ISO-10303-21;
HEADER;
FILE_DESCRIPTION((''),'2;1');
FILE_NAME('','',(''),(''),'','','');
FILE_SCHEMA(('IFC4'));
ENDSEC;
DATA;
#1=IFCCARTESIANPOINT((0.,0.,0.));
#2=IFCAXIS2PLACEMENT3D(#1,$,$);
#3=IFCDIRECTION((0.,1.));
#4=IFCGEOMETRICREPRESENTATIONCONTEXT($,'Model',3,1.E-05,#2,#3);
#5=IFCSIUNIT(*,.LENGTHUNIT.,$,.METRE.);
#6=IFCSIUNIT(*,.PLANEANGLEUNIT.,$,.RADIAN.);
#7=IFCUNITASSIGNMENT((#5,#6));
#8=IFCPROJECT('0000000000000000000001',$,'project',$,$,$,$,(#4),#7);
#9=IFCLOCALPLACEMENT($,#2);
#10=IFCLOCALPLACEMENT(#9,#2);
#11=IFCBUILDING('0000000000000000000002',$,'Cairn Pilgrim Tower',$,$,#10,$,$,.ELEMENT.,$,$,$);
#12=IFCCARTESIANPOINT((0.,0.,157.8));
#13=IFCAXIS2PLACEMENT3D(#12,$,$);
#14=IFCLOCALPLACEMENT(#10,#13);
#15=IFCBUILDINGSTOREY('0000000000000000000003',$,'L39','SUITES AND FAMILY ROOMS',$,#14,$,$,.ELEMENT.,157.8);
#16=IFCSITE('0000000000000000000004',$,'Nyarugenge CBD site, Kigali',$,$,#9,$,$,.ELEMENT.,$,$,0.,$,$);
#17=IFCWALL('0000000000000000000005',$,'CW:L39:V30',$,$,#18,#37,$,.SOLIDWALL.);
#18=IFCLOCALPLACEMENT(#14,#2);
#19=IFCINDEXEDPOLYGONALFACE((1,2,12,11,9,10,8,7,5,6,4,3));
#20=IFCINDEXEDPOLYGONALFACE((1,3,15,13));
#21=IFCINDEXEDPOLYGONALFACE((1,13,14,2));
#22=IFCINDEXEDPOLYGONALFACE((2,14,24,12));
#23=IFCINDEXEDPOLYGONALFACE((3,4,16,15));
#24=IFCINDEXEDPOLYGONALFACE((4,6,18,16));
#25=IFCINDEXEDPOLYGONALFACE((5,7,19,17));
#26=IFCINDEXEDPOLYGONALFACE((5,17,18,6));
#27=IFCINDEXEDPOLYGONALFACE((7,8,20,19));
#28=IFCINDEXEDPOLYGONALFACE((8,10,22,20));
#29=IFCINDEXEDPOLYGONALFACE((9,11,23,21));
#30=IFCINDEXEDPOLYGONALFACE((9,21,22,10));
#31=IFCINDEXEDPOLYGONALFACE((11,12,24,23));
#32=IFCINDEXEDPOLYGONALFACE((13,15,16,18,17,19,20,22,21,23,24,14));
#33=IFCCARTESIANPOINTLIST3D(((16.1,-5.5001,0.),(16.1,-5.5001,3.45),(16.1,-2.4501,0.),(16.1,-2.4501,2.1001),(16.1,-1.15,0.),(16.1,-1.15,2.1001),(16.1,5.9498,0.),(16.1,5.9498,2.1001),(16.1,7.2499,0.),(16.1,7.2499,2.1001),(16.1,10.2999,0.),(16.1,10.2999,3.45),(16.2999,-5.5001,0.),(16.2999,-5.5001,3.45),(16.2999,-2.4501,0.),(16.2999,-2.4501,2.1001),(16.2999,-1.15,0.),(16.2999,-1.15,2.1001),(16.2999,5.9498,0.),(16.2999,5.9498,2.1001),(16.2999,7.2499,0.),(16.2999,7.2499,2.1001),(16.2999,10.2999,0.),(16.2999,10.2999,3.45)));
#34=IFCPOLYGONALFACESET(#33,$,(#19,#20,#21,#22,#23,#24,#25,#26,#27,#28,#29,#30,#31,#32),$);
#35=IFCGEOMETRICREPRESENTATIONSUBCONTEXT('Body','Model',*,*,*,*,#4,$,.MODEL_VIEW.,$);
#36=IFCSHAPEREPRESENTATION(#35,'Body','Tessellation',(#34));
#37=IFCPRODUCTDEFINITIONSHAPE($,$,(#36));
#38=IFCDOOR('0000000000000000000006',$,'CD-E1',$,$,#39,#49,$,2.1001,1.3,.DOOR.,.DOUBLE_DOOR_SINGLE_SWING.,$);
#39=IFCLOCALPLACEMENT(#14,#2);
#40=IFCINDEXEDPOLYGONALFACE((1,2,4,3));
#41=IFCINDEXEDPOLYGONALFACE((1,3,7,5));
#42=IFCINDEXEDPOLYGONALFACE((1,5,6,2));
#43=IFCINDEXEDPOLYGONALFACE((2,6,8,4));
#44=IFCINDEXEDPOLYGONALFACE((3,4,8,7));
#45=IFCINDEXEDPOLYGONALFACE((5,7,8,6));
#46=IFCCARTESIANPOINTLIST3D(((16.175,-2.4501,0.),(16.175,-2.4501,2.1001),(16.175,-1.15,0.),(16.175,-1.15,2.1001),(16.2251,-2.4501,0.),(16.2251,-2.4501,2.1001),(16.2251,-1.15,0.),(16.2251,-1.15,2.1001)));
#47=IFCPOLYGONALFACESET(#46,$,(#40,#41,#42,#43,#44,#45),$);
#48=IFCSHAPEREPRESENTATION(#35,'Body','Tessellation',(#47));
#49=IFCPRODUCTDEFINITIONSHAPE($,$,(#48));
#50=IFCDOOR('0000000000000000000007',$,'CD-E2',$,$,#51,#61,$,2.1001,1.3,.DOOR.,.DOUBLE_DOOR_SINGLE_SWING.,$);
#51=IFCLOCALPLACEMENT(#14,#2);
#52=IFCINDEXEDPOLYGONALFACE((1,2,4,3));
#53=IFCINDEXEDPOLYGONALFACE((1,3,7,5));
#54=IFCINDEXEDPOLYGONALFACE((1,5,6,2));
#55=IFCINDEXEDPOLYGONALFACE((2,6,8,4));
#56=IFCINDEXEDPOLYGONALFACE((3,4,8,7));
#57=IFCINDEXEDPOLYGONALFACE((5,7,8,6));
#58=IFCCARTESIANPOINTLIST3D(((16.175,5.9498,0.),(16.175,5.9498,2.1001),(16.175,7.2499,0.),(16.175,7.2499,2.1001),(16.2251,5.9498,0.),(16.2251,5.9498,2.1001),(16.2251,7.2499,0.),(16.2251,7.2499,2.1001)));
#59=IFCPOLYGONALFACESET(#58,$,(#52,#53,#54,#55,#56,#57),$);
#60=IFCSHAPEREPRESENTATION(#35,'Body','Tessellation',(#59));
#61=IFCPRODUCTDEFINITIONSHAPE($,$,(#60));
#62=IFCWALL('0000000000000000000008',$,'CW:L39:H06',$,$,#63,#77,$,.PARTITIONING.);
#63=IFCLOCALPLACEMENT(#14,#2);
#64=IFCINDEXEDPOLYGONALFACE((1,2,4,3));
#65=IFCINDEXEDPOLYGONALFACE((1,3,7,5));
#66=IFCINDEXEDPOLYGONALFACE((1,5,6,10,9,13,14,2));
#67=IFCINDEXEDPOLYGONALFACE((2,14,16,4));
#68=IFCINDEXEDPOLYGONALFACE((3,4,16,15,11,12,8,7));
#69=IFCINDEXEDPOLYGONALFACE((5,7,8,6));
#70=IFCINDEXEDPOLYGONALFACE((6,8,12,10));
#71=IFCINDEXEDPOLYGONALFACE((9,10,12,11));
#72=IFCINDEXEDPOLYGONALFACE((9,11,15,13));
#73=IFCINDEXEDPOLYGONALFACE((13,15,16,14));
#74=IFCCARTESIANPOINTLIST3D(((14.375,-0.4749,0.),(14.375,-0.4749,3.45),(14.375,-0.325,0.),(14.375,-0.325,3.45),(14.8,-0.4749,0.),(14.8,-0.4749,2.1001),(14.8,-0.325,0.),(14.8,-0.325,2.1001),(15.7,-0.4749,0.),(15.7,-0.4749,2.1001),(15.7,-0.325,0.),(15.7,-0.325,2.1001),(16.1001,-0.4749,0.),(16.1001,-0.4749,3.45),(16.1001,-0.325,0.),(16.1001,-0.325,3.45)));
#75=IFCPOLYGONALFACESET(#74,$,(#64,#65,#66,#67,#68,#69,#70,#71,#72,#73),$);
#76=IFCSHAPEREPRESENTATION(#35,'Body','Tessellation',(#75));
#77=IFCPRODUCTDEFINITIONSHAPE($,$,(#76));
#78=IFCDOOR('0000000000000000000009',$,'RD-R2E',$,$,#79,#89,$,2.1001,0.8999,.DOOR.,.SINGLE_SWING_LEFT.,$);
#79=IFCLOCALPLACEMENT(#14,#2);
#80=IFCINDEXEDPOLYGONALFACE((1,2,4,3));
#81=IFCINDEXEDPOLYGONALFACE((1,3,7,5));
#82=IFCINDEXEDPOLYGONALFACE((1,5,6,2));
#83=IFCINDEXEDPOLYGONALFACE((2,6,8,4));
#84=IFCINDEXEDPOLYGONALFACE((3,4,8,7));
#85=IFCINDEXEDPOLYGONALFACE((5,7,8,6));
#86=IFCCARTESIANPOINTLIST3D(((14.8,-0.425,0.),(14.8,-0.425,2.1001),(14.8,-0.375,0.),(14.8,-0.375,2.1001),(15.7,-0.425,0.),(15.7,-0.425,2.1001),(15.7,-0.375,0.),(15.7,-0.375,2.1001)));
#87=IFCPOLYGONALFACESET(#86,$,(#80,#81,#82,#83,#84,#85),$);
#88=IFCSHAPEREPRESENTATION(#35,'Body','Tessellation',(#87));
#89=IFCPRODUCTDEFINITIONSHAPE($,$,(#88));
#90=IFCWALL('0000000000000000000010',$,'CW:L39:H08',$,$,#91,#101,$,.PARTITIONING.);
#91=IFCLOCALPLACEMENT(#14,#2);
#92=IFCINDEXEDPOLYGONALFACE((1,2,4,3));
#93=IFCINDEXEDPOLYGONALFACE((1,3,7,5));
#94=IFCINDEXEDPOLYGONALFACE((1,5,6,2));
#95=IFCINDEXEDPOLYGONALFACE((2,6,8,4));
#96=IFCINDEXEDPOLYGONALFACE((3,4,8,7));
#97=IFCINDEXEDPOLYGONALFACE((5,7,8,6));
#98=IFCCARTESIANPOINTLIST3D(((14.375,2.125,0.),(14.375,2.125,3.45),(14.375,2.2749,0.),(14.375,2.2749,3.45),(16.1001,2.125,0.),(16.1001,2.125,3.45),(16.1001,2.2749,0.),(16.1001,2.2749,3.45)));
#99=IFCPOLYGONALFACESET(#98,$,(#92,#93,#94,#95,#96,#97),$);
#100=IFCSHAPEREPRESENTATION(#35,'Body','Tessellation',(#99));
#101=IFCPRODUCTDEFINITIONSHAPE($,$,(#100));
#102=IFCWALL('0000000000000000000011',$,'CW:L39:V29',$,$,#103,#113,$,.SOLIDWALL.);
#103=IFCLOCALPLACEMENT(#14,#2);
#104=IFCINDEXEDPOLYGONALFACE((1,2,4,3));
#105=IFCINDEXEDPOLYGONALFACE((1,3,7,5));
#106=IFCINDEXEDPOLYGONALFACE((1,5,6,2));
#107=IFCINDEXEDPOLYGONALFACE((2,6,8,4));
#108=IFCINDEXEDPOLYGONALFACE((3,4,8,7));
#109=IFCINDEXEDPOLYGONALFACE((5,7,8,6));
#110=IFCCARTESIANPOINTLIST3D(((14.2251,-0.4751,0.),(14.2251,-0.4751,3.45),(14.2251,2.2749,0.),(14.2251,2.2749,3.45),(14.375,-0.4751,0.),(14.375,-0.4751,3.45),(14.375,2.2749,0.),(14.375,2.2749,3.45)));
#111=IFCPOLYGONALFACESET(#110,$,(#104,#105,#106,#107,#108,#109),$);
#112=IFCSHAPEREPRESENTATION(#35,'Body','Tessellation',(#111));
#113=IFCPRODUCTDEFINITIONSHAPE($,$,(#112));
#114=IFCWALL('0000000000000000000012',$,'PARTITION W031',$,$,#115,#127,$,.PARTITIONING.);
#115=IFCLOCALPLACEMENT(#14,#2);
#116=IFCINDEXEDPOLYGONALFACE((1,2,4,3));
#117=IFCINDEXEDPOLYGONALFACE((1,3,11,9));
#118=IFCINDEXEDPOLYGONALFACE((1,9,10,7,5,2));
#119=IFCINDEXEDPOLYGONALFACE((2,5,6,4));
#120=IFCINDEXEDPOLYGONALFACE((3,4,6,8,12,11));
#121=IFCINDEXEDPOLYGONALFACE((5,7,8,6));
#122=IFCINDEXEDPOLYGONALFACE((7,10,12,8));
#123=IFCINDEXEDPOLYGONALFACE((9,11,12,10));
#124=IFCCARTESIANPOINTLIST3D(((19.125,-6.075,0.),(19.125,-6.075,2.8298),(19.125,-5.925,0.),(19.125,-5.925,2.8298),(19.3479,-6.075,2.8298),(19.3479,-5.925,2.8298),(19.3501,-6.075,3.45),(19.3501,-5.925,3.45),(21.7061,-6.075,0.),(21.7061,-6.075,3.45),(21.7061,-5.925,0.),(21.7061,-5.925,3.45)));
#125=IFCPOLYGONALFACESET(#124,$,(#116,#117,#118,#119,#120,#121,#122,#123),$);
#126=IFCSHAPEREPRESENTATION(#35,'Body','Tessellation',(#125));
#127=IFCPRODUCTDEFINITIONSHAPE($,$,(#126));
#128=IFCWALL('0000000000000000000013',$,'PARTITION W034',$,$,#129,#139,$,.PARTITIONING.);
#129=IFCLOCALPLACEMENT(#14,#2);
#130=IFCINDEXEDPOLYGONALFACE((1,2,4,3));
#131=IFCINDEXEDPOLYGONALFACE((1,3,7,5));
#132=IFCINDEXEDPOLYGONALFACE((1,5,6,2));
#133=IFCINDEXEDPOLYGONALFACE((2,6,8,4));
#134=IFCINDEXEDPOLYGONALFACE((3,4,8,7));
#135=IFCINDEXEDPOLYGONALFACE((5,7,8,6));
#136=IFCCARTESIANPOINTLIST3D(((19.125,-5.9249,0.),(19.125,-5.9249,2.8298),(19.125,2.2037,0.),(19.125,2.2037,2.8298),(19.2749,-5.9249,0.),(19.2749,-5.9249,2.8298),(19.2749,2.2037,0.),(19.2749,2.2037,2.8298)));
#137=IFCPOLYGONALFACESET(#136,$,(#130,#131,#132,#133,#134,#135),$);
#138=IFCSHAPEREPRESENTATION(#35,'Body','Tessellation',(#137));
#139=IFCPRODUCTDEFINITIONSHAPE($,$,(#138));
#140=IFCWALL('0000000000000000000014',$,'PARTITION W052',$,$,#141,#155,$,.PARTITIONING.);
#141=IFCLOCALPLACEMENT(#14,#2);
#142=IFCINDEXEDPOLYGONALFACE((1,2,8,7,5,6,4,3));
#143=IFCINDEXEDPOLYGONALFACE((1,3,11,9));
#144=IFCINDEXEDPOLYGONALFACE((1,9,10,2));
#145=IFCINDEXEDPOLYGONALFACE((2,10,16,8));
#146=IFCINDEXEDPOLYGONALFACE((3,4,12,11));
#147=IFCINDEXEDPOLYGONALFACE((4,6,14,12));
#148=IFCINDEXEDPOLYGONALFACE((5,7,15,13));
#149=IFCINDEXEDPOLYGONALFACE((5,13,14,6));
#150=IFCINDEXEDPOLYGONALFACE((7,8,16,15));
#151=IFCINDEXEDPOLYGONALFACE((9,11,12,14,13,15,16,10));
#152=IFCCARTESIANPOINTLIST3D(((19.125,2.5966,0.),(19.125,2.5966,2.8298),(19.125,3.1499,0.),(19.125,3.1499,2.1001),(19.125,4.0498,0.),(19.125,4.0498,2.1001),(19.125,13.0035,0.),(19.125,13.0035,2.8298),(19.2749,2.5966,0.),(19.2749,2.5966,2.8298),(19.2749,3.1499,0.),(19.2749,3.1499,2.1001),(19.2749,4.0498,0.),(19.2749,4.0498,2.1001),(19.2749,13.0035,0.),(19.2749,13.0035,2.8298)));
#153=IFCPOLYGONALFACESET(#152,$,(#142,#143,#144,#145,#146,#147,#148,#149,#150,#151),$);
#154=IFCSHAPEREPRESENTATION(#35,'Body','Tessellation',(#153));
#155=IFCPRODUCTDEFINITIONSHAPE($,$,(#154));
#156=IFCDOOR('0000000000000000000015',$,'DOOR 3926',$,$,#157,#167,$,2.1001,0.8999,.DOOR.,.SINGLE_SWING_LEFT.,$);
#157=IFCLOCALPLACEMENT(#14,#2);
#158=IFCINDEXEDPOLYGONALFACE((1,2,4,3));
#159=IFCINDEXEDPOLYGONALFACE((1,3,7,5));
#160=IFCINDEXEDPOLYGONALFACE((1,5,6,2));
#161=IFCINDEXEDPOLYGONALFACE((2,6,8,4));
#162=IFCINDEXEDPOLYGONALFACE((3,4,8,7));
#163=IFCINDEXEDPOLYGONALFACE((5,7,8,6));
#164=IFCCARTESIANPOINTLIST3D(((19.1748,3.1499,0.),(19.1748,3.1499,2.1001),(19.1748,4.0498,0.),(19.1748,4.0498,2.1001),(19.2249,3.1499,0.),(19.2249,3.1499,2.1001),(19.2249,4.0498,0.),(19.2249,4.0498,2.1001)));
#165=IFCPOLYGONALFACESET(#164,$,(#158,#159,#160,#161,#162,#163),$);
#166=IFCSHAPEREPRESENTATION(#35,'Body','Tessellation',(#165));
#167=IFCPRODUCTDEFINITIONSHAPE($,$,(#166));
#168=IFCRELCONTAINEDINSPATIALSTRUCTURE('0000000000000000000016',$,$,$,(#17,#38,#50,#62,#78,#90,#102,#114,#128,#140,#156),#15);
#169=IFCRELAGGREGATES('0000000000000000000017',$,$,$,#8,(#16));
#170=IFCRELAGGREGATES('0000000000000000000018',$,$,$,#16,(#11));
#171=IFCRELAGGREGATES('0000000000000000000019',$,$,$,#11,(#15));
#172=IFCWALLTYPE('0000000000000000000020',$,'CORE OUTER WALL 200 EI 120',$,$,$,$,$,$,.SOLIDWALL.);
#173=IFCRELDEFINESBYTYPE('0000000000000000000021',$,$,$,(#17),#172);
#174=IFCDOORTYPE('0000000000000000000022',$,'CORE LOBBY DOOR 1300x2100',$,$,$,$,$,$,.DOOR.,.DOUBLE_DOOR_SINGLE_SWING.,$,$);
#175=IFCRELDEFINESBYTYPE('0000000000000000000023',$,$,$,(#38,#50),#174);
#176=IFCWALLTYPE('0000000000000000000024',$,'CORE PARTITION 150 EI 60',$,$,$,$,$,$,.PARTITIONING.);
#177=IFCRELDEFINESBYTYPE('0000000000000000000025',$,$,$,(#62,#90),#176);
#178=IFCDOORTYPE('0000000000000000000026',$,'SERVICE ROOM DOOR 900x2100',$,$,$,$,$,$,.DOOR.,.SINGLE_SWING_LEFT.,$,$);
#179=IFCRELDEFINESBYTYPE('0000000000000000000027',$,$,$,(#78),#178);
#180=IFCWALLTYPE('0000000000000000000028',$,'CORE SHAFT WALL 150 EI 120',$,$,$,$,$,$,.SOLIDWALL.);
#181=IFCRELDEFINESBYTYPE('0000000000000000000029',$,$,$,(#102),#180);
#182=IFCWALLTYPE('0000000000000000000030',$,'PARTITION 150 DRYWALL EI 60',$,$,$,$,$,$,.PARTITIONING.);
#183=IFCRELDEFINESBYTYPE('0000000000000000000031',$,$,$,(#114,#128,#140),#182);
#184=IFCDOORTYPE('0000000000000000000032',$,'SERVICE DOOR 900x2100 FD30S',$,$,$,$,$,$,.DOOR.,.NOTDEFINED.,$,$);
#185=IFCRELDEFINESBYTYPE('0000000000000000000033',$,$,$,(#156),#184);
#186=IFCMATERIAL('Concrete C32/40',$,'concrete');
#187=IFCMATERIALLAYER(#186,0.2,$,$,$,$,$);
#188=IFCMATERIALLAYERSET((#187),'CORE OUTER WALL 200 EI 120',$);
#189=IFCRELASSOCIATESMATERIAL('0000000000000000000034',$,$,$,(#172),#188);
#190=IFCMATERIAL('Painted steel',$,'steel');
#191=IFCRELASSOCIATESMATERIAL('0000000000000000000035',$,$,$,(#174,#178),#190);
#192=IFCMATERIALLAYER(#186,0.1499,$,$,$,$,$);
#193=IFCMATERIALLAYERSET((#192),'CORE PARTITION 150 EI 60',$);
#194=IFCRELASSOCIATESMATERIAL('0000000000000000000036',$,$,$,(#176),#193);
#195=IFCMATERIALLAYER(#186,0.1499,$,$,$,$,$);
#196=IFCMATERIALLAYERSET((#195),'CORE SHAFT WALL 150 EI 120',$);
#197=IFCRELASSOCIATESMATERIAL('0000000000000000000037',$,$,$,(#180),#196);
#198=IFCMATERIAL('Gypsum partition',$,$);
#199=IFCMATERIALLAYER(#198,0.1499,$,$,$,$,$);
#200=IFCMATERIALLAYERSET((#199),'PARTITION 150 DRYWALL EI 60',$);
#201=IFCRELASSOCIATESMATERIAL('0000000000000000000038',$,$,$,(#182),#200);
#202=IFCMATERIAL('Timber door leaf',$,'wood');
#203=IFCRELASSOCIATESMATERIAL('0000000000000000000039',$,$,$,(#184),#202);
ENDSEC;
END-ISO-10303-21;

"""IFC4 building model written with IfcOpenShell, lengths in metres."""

from ifc_helpers import new_model, si_unit, direction, frame, frame_2d, origin, place, context, subcontext, project, spatial, polyline, rectangle, outline, extrude, material, layer, layer_set, type_object, element, fill, save


model = new_model("IFC4")

# Units and contexts
model_context = context("Model", 3, precision=1e-05, world=origin(), true_north=direction((0.0, 1.0)))
body_context = subcontext(model_context, "Body", "Model", "MODEL_VIEW")
ifc_project = project(units=[si_unit("LENGTHUNIT", "METRE"), si_unit("PLANEANGLEUNIT", "RADIAN")], contexts=[model_context])

# Site, building, storey
site_placement = place(None, origin())
site = spatial("IfcSite", under=ifc_project, at=site_placement, Name="Nyarugenge CBD site, Kigali", CompositionType="ELEMENT", RefElevation=0.0)
building_placement = place(site_placement, origin())
building = spatial("IfcBuilding", under=site, at=building_placement, Name="Cairn Pilgrim Tower", CompositionType="ELEMENT")
storey_placement = place(building_placement, frame((0.0, 0.0, 157.8)))
storey = spatial("IfcBuildingStorey", under=building, at=storey_placement, Name="L39", Description="SUITES AND FAMILY ROOMS", CompositionType="ELEMENT", Elevation=157.8)

# Wall, openings, doors
ifc_material_1 = material(Name="Concrete C32/40", Category="concrete")
ifc_layer_1 = layer(ifc_material_1, 0.2)
ifc_layer_set_1 = layer_set([ifc_layer_1], Name="CORE OUTER WALL 200 EI 120")
wall_type_1 = type_object("IfcWallType", Name="CORE OUTER WALL 200 EI 120", PredefinedType="SOLIDWALL", material=ifc_layer_set_1)
wall_1_placement = place(storey_placement, frame((16.2, -5.5, 0.0), z_axis=(0.0, 0.0, 1.0), x_axis=(0.0, 1.0, 0.0)))
wall_1 = element("IfcWall", 1, at=wall_1_placement, inside=storey, type_object=wall_type_1, Name="CW:L39:V30", PredefinedType="SOLIDWALL", context=body_context, shape_type="SweptSolid", body=[
    extrude(rectangle(XDim=15.8, YDim=0.2, at=frame_2d((7.8999, 0.0))), origin(), (0.0, 0.0, 1.0), 3.45),
])
opening_1_placement = place(wall_1_placement, frame((3.05, 0.0, 0.0)))
opening_1 = element("IfcOpeningElement", 2, at=opening_1_placement, cuts=wall_1, PredefinedType="OPENING", context=body_context, shape_type="SweptSolid", body=[
    extrude(rectangle(XDim=1.3, YDim=2.1001, at=frame_2d((0.6499, 1.05))), frame((0.0, 0.1099, 0.0), z_axis=(0.0, -1.0, 0.0), x_axis=(1.0, 0.0, 0.0)), (0.0, 0.0, 1.0), 0.22),
])
opening_2_placement = place(wall_1_placement, frame((11.45, 0.0, 0.0)))
opening_2 = element("IfcOpeningElement", 3, at=opening_2_placement, cuts=wall_1, PredefinedType="OPENING", context=body_context, shape_type="SweptSolid", body=[
    extrude(rectangle(XDim=1.3, YDim=2.1001, at=frame_2d((0.6499, 1.05))), frame((0.0, 0.1099, 0.0), z_axis=(0.0, -1.0, 0.0), x_axis=(1.0, 0.0, 0.0)), (0.0, 0.0, 1.0), 0.22),
])
ifc_material_2 = material(Name="Painted steel", Category="steel")
door_type_1 = type_object("IfcDoorType", Name="CORE LOBBY DOOR 1300x2100", OperationType="DOUBLE_DOOR_SINGLE_SWING", PredefinedType="DOOR", material=ifc_material_2)
door_1_placement = place(opening_1_placement, origin())
door_1 = element("IfcDoor", 4, at=door_1_placement, inside=storey, type_object=door_type_1, Name="CD-E1", OperationType="DOUBLE_DOOR_SINGLE_SWING", OverallHeight=2.1001, OverallWidth=1.3, PredefinedType="DOOR", context=body_context, shape_type="SweptSolid", body=[
    extrude(rectangle(XDim=1.3, YDim=2.1001, at=frame_2d((0.6499, 1.05))), frame((0.0, 0.0249, 0.0), z_axis=(0.0, -1.0, 0.0), x_axis=(1.0, 0.0, 0.0)), (0.0, 0.0, 1.0), 0.05),
])
fill(opening_1, door_1)
door_2_placement = place(opening_2_placement, origin())
door_2 = element("IfcDoor", 5, at=door_2_placement, inside=storey, type_object=door_type_1, Name="CD-E2", OperationType="DOUBLE_DOOR_SINGLE_SWING", OverallHeight=2.1001, OverallWidth=1.3, PredefinedType="DOOR", context=body_context, shape_type="SweptSolid", body=[
    extrude(rectangle(XDim=1.3, YDim=2.1001, at=frame_2d((0.6499, 1.05))), frame((0.0, 0.0249, 0.0), z_axis=(0.0, -1.0, 0.0), x_axis=(1.0, 0.0, 0.0)), (0.0, 0.0, 1.0), 0.05),
])
fill(opening_2, door_2)

# Wall, opening, door
ifc_layer_2 = layer(ifc_material_1, 0.1499)
ifc_layer_set_2 = layer_set([ifc_layer_2], Name="CORE PARTITION 150 EI 60")
wall_type_2 = type_object("IfcWallType", Name="CORE PARTITION 150 EI 60", PredefinedType="PARTITIONING", material=ifc_layer_set_2)
wall_2_placement = place(storey_placement, frame((14.375, -0.3999, 0.0), z_axis=(0.0, 0.0, 1.0), x_axis=(1.0, 0.0, 0.0)))
wall_2 = element("IfcWall", 6, at=wall_2_placement, inside=storey, type_object=wall_type_2, Name="CW:L39:H06", PredefinedType="PARTITIONING", context=body_context, shape_type="SweptSolid", body=[
    extrude(rectangle(XDim=1.7251, YDim=0.1499, at=frame_2d((0.8625, 0.0))), origin(), (0.0, 0.0, 1.0), 3.45),
])
opening_3_placement = place(wall_2_placement, frame((0.425, 0.0, 0.0)))
opening_3 = element("IfcOpeningElement", 7, at=opening_3_placement, cuts=wall_2, PredefinedType="OPENING", context=body_context, shape_type="SweptSolid", body=[
    extrude(rectangle(XDim=0.8999, YDim=2.1001, at=frame_2d((0.45, 1.05))), frame((0.0, 0.085, 0.0), z_axis=(0.0, -1.0, 0.0), x_axis=(1.0, 0.0, 0.0)), (0.0, 0.0, 1.0), 0.1699),
])
door_type_2 = type_object("IfcDoorType", Name="SERVICE ROOM DOOR 900x2100", OperationType="SINGLE_SWING_LEFT", PredefinedType="DOOR", material=ifc_material_2)
door_3_placement = place(opening_3_placement, origin())
door_3 = element("IfcDoor", 8, at=door_3_placement, inside=storey, type_object=door_type_2, Name="RD-R2E", OperationType="SINGLE_SWING_LEFT", OverallHeight=2.1001, OverallWidth=0.8999, PredefinedType="DOOR", context=body_context, shape_type="SweptSolid", body=[
    extrude(rectangle(XDim=0.8999, YDim=2.1001, at=frame_2d((0.45, 1.05))), frame((0.0, 0.0249, 0.0), z_axis=(0.0, -1.0, 0.0), x_axis=(1.0, 0.0, 0.0)), (0.0, 0.0, 1.0), 0.05),
])
fill(opening_3, door_3)

# Walls
wall_3_placement = place(storey_placement, frame((14.375, 2.2, 0.0), z_axis=(0.0, 0.0, 1.0), x_axis=(1.0, 0.0, 0.0)))
element("IfcWall", 9, at=wall_3_placement, inside=storey, type_object=wall_type_2, Name="CW:L39:H08", PredefinedType="PARTITIONING", context=body_context, shape_type="SweptSolid", body=[
    extrude(rectangle(XDim=1.7251, YDim=0.1499, at=frame_2d((0.8625, 0.0))), origin(), (0.0, 0.0, 1.0), 3.45),
])
ifc_layer_3 = layer(ifc_material_1, 0.1499)
ifc_layer_set_3 = layer_set([ifc_layer_3], Name="CORE SHAFT WALL 150 EI 120")
wall_type_3 = type_object("IfcWallType", Name="CORE SHAFT WALL 150 EI 120", PredefinedType="SOLIDWALL", material=ifc_layer_set_3)
wall_4_placement = place(storey_placement, frame((14.3, -0.4751, 0.0), z_axis=(0.0, 0.0, 1.0), x_axis=(0.0, 1.0, 0.0)))
element("IfcWall", 10, at=wall_4_placement, inside=storey, type_object=wall_type_3, Name="CW:L39:V29", PredefinedType="SOLIDWALL", context=body_context, shape_type="SweptSolid", body=[
    extrude(rectangle(XDim=2.75, YDim=0.1499, at=frame_2d((1.375, 0.0))), origin(), (0.0, 0.0, 1.0), 3.45),
])
ifc_material_3 = material(Name="Gypsum partition")
ifc_layer_4 = layer(ifc_material_3, 0.1499)
ifc_layer_set_4 = layer_set([ifc_layer_4], Name="PARTITION 150 DRYWALL EI 60")
wall_type_4 = type_object("IfcWallType", Name="PARTITION 150 DRYWALL EI 60", PredefinedType="PARTITIONING", material=ifc_layer_set_4)
wall_5_placement = place(storey_placement, frame((19.125, -6.0, 0.0), z_axis=(0.0, 0.0, 1.0), x_axis=(1.0, 0.0, 0.0)))
element("IfcWall", 11, at=wall_5_placement, inside=storey, type_object=wall_type_4, Name="PARTITION W031", PredefinedType="PARTITIONING", context=body_context, shape_type="SweptSolid", body=[
    extrude(outline(polyline([(0.0, 0.0), (2.5811, 0.0), (2.5811, 3.45), (0.2251, 3.45), (0.2229, 2.8298), (0.0, 2.8298), (0.0, 0.0)])), frame((0.0, 0.075, 0.0), z_axis=(0.0, -1.0, 0.0), x_axis=(1.0, 0.0, 0.0)), (0.0, 0.0, 1.0), 0.1499),
])
wall_6_placement = place(storey_placement, frame((19.2, -5.925, 0.0), z_axis=(0.0, 0.0, 1.0), x_axis=(0.0, 1.0, 0.0)))
element("IfcWall", 12, at=wall_6_placement, inside=storey, type_object=wall_type_4, Name="PARTITION W034", PredefinedType="PARTITIONING", context=body_context, shape_type="SweptSolid", body=[
    extrude(rectangle(XDim=8.1287, YDim=0.1499, at=frame_2d((4.0645, 0.0))), origin(), (0.0, 0.0, 1.0), 2.8298),
])

# Wall, opening, door
wall_7_placement = place(storey_placement, frame((19.2, 2.5964, 0.0), z_axis=(0.0, 0.0, 1.0), x_axis=(0.0, 1.0, 0.0)))
wall_7 = element("IfcWall", 13, at=wall_7_placement, inside=storey, type_object=wall_type_4, Name="PARTITION W052", PredefinedType="PARTITIONING", context=body_context, shape_type="SweptSolid", body=[
    extrude(rectangle(XDim=10.407, YDim=0.1499, at=frame_2d((5.2036, 0.0))), origin(), (0.0, 0.0, 1.0), 2.8298),
])
opening_4_placement = place(wall_7_placement, frame((0.5535, 0.0, 0.0)))
opening_4 = element("IfcOpeningElement", 14, at=opening_4_placement, cuts=wall_7, PredefinedType="OPENING", context=body_context, shape_type="SweptSolid", body=[
    extrude(rectangle(XDim=0.8999, YDim=2.1001, at=frame_2d((0.45, 1.05))), frame((0.0, 0.085, 0.0), z_axis=(0.0, -1.0, 0.0), x_axis=(1.0, 0.0, 0.0)), (0.0, 0.0, 1.0), 0.1699),
])
ifc_material_4 = material(Name="Timber door leaf", Category="wood")
door_type_3 = type_object("IfcDoorType", Name="SERVICE DOOR 900x2100 FD30S", OperationType="NOTDEFINED", PredefinedType="DOOR", material=ifc_material_4)
door_4_placement = place(opening_4_placement, frame((0.8999, 0.0, 0.0), z_axis=(0.0, 0.0, 1.0), x_axis=(-1.0, 0.0, 0.0)))
door_4 = element("IfcDoor", 15, at=door_4_placement, inside=storey, type_object=door_type_3, Name="DOOR 3926", OperationType="SINGLE_SWING_LEFT", OverallHeight=2.1001, OverallWidth=0.8999, PredefinedType="DOOR", context=body_context, shape_type="SweptSolid", body=[
    extrude(rectangle(XDim=0.8999, YDim=2.1001, at=frame_2d((0.45, 1.05))), frame((0.0, 0.0249, 0.0), z_axis=(0.0, -1.0, 0.0), x_axis=(1.0, 0.0, 0.0)), (0.0, 0.0, 1.0), 0.05),
])
fill(opening_4, door_4)

save(model, "model.ifc")
